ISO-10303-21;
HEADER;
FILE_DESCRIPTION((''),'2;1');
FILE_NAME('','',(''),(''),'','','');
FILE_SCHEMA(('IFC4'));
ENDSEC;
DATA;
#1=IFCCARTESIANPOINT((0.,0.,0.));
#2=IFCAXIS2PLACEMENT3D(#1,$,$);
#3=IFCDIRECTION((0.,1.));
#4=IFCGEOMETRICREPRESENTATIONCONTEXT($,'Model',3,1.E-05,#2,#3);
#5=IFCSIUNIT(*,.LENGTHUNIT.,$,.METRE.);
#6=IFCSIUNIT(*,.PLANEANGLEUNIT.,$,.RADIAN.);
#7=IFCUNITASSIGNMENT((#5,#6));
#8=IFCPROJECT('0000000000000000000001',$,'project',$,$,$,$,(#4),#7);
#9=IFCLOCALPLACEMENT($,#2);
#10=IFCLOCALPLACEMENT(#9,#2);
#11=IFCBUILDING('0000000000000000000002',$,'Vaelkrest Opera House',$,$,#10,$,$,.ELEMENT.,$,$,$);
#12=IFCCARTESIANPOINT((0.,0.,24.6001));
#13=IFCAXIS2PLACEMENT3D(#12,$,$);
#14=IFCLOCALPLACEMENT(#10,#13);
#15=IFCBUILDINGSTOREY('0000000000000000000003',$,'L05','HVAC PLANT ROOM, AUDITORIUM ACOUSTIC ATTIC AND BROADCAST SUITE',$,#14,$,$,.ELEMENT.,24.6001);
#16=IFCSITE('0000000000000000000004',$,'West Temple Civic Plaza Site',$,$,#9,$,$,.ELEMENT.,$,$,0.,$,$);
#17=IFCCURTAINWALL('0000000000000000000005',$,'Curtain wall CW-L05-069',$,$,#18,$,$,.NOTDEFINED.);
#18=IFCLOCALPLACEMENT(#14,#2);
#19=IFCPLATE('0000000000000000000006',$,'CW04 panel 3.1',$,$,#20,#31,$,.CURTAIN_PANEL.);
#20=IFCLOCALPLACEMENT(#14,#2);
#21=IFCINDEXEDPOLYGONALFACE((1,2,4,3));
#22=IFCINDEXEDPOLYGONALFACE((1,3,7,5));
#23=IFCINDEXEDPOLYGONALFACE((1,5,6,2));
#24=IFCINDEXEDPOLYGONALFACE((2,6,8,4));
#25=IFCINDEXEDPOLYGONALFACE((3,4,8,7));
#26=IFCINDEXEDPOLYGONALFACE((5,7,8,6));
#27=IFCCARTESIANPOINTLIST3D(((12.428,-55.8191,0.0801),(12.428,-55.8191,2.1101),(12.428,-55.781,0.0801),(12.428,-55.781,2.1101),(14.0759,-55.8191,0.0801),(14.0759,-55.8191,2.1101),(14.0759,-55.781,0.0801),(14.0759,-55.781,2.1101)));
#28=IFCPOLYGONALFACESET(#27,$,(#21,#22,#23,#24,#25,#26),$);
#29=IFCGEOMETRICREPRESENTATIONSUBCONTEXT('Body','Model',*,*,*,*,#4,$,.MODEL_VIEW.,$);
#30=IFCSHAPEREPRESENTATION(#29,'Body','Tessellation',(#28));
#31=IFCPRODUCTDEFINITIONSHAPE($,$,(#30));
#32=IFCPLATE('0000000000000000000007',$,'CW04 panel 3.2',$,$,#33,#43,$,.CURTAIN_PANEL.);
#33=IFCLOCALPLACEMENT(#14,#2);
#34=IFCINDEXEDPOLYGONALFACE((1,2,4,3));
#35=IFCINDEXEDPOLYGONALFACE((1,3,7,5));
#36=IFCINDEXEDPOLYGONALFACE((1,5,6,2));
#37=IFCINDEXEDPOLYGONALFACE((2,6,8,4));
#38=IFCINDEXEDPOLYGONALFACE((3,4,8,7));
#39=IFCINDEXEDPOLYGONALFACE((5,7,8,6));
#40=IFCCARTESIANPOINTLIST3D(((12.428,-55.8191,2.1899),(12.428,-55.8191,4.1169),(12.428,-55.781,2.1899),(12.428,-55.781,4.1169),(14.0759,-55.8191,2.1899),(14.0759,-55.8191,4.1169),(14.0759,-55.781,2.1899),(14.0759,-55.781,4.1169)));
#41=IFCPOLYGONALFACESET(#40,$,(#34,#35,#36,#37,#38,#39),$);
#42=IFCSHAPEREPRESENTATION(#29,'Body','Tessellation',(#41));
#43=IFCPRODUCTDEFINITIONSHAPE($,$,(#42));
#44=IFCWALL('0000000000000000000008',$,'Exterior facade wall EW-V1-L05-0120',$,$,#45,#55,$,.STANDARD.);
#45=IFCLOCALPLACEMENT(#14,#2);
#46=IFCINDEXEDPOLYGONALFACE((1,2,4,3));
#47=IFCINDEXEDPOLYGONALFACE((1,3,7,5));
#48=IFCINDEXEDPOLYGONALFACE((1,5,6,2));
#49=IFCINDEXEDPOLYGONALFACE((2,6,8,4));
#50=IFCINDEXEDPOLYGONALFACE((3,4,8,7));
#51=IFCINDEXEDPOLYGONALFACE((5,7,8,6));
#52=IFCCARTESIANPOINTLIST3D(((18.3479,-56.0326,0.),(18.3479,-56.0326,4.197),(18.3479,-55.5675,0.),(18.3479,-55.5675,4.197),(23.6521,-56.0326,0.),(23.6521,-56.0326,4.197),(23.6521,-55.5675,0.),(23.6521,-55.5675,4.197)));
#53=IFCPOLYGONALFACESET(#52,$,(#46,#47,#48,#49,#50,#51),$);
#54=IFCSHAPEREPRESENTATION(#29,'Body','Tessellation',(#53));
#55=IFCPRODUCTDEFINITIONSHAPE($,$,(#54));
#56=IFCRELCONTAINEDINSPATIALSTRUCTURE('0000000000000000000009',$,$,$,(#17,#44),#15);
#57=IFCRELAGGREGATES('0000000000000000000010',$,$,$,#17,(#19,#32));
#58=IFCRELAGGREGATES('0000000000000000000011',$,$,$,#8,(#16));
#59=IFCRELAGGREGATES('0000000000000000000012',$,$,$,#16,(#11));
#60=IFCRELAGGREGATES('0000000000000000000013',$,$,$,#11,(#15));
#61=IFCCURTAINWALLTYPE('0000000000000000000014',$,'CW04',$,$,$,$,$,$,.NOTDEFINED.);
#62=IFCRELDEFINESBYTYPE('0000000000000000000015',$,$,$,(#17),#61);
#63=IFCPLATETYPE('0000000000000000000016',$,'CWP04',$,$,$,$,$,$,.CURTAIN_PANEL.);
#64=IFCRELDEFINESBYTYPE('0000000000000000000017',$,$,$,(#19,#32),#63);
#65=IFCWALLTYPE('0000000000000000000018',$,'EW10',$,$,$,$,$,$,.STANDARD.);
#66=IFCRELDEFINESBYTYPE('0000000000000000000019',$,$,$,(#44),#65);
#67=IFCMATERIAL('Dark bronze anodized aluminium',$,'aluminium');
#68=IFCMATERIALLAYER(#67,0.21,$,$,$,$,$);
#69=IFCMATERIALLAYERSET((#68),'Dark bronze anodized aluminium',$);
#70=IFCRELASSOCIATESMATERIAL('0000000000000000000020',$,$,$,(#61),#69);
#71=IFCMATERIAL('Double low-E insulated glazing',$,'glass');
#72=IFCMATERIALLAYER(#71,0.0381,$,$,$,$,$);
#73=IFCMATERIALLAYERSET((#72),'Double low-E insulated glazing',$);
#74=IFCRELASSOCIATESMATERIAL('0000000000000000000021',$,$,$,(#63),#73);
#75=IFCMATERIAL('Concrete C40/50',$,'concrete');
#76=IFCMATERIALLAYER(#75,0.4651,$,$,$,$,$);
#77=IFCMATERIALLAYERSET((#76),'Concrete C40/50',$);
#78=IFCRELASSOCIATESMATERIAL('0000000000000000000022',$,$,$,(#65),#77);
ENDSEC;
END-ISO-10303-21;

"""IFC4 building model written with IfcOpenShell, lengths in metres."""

from ifc_helpers import new_model, si_unit, direction, frame, frame_2d, origin, origin_2d, place, context, subcontext, project, spatial, rectangle, extrude, material, layer, layer_set, type_object, element, aggregate, save


model = new_model("IFC4")

# Units and contexts
model_context = context("Model", 3, precision=1e-05, world=origin(), true_north=direction((0.0, 1.0)))
body_context = subcontext(model_context, "Body", "Model", "MODEL_VIEW")
ifc_project = project(units=[si_unit("LENGTHUNIT", "METRE"), si_unit("PLANEANGLEUNIT", "RADIAN")], contexts=[model_context])

# Site, building, storey
site_placement = place(None, origin())
site = spatial("IfcSite", under=ifc_project, at=site_placement, Name="West Temple Civic Plaza Site", CompositionType="ELEMENT", RefElevation=0.0)
building_placement = place(site_placement, origin())
building = spatial("IfcBuilding", under=site, at=building_placement, Name="Vaelkrest Opera House", CompositionType="ELEMENT")
storey_placement = place(building_placement, frame((0.0, 0.0, 24.6001)))
storey = spatial("IfcBuildingStorey", under=building, at=storey_placement, Name="L05", Description="HVAC PLANT ROOM, AUDITORIUM ACOUSTIC ATTIC AND BROADCAST SUITE", CompositionType="ELEMENT", Elevation=24.6001)

# Curtain wall
ifc_material_1 = material(Name="Dark bronze anodized aluminium", Category="aluminium")
ifc_layer_1 = layer(ifc_material_1, 0.21)
ifc_layer_set_1 = layer_set([ifc_layer_1], Name="Dark bronze anodized aluminium")
curtain_wall_type = type_object("IfcCurtainWallType", Name="CW04", PredefinedType="NOTDEFINED", material=ifc_layer_set_1)
curtain_wall_placement = place(storey_placement, origin())
curtain_wall = element("IfcCurtainWall", 1, at=curtain_wall_placement, inside=storey, type_object=curtain_wall_type, Name="Curtain wall CW-L05-069", PredefinedType="NOTDEFINED")

# Plates
ifc_material_2 = material(Name="Double low-E insulated glazing", Category="glass")
ifc_layer_2 = layer(ifc_material_2, 0.0381)
ifc_layer_set_2 = layer_set([ifc_layer_2], Name="Double low-E insulated glazing")
plate_type = type_object("IfcPlateType", Name="CWP04", PredefinedType="CURTAIN_PANEL", material=ifc_layer_set_2)
plate_1_placement = place(storey_placement, frame((13.252, -55.8, 0.0801), z_axis=(0.0, 0.0, 1.0), x_axis=(-1.0, 0.0, 0.0)))
plate_1 = element("IfcPlate", 2, at=plate_1_placement, type_object=plate_type, Name="CW04 panel 3.1", PredefinedType="CURTAIN_PANEL", context=body_context, shape_type="SweptSolid", body=[
    extrude(rectangle(XDim=1.6479, YDim=0.0381, at=origin_2d()), origin(), (0.0, 0.0, 1.0), 2.03),
])
plate_2_placement = place(storey_placement, frame((13.252, -55.8, 2.1899), z_axis=(0.0, 0.0, 1.0), x_axis=(-1.0, 0.0, 0.0)))
plate_2 = element("IfcPlate", 3, at=plate_2_placement, type_object=plate_type, Name="CW04 panel 3.2", PredefinedType="CURTAIN_PANEL", context=body_context, shape_type="SweptSolid", body=[
    extrude(rectangle(XDim=1.6479, YDim=0.0381, at=origin_2d()), origin(), (0.0, 0.0, 1.0), 1.927),
])
aggregate(curtain_wall, [plate_1, plate_2])

# Wall
ifc_material_3 = material(Name="Concrete C40/50", Category="concrete")
ifc_layer_3 = layer(ifc_material_3, 0.4651)
ifc_layer_set_3 = layer_set([ifc_layer_3], Name="Concrete C40/50")
wall_type = type_object("IfcWallType", Name="EW10", PredefinedType="STANDARD", material=ifc_layer_set_3)
wall_placement = place(storey_placement, frame((23.6521, -55.8, 0.0), z_axis=(0.0, 0.0, 1.0), x_axis=(-1.0, 0.0, 0.0)))
element("IfcWall", 4, at=wall_placement, inside=storey, type_object=wall_type, Name="Exterior facade wall EW-V1-L05-0120", PredefinedType="STANDARD", context=body_context, shape_type="SweptSolid", body=[
    extrude(rectangle(XDim=5.3042, YDim=0.4651, at=frame_2d((2.6521, 0.0))), origin(), (0.0, 0.0, 1.0), 4.197),
])

save(model, "model.ifc")
